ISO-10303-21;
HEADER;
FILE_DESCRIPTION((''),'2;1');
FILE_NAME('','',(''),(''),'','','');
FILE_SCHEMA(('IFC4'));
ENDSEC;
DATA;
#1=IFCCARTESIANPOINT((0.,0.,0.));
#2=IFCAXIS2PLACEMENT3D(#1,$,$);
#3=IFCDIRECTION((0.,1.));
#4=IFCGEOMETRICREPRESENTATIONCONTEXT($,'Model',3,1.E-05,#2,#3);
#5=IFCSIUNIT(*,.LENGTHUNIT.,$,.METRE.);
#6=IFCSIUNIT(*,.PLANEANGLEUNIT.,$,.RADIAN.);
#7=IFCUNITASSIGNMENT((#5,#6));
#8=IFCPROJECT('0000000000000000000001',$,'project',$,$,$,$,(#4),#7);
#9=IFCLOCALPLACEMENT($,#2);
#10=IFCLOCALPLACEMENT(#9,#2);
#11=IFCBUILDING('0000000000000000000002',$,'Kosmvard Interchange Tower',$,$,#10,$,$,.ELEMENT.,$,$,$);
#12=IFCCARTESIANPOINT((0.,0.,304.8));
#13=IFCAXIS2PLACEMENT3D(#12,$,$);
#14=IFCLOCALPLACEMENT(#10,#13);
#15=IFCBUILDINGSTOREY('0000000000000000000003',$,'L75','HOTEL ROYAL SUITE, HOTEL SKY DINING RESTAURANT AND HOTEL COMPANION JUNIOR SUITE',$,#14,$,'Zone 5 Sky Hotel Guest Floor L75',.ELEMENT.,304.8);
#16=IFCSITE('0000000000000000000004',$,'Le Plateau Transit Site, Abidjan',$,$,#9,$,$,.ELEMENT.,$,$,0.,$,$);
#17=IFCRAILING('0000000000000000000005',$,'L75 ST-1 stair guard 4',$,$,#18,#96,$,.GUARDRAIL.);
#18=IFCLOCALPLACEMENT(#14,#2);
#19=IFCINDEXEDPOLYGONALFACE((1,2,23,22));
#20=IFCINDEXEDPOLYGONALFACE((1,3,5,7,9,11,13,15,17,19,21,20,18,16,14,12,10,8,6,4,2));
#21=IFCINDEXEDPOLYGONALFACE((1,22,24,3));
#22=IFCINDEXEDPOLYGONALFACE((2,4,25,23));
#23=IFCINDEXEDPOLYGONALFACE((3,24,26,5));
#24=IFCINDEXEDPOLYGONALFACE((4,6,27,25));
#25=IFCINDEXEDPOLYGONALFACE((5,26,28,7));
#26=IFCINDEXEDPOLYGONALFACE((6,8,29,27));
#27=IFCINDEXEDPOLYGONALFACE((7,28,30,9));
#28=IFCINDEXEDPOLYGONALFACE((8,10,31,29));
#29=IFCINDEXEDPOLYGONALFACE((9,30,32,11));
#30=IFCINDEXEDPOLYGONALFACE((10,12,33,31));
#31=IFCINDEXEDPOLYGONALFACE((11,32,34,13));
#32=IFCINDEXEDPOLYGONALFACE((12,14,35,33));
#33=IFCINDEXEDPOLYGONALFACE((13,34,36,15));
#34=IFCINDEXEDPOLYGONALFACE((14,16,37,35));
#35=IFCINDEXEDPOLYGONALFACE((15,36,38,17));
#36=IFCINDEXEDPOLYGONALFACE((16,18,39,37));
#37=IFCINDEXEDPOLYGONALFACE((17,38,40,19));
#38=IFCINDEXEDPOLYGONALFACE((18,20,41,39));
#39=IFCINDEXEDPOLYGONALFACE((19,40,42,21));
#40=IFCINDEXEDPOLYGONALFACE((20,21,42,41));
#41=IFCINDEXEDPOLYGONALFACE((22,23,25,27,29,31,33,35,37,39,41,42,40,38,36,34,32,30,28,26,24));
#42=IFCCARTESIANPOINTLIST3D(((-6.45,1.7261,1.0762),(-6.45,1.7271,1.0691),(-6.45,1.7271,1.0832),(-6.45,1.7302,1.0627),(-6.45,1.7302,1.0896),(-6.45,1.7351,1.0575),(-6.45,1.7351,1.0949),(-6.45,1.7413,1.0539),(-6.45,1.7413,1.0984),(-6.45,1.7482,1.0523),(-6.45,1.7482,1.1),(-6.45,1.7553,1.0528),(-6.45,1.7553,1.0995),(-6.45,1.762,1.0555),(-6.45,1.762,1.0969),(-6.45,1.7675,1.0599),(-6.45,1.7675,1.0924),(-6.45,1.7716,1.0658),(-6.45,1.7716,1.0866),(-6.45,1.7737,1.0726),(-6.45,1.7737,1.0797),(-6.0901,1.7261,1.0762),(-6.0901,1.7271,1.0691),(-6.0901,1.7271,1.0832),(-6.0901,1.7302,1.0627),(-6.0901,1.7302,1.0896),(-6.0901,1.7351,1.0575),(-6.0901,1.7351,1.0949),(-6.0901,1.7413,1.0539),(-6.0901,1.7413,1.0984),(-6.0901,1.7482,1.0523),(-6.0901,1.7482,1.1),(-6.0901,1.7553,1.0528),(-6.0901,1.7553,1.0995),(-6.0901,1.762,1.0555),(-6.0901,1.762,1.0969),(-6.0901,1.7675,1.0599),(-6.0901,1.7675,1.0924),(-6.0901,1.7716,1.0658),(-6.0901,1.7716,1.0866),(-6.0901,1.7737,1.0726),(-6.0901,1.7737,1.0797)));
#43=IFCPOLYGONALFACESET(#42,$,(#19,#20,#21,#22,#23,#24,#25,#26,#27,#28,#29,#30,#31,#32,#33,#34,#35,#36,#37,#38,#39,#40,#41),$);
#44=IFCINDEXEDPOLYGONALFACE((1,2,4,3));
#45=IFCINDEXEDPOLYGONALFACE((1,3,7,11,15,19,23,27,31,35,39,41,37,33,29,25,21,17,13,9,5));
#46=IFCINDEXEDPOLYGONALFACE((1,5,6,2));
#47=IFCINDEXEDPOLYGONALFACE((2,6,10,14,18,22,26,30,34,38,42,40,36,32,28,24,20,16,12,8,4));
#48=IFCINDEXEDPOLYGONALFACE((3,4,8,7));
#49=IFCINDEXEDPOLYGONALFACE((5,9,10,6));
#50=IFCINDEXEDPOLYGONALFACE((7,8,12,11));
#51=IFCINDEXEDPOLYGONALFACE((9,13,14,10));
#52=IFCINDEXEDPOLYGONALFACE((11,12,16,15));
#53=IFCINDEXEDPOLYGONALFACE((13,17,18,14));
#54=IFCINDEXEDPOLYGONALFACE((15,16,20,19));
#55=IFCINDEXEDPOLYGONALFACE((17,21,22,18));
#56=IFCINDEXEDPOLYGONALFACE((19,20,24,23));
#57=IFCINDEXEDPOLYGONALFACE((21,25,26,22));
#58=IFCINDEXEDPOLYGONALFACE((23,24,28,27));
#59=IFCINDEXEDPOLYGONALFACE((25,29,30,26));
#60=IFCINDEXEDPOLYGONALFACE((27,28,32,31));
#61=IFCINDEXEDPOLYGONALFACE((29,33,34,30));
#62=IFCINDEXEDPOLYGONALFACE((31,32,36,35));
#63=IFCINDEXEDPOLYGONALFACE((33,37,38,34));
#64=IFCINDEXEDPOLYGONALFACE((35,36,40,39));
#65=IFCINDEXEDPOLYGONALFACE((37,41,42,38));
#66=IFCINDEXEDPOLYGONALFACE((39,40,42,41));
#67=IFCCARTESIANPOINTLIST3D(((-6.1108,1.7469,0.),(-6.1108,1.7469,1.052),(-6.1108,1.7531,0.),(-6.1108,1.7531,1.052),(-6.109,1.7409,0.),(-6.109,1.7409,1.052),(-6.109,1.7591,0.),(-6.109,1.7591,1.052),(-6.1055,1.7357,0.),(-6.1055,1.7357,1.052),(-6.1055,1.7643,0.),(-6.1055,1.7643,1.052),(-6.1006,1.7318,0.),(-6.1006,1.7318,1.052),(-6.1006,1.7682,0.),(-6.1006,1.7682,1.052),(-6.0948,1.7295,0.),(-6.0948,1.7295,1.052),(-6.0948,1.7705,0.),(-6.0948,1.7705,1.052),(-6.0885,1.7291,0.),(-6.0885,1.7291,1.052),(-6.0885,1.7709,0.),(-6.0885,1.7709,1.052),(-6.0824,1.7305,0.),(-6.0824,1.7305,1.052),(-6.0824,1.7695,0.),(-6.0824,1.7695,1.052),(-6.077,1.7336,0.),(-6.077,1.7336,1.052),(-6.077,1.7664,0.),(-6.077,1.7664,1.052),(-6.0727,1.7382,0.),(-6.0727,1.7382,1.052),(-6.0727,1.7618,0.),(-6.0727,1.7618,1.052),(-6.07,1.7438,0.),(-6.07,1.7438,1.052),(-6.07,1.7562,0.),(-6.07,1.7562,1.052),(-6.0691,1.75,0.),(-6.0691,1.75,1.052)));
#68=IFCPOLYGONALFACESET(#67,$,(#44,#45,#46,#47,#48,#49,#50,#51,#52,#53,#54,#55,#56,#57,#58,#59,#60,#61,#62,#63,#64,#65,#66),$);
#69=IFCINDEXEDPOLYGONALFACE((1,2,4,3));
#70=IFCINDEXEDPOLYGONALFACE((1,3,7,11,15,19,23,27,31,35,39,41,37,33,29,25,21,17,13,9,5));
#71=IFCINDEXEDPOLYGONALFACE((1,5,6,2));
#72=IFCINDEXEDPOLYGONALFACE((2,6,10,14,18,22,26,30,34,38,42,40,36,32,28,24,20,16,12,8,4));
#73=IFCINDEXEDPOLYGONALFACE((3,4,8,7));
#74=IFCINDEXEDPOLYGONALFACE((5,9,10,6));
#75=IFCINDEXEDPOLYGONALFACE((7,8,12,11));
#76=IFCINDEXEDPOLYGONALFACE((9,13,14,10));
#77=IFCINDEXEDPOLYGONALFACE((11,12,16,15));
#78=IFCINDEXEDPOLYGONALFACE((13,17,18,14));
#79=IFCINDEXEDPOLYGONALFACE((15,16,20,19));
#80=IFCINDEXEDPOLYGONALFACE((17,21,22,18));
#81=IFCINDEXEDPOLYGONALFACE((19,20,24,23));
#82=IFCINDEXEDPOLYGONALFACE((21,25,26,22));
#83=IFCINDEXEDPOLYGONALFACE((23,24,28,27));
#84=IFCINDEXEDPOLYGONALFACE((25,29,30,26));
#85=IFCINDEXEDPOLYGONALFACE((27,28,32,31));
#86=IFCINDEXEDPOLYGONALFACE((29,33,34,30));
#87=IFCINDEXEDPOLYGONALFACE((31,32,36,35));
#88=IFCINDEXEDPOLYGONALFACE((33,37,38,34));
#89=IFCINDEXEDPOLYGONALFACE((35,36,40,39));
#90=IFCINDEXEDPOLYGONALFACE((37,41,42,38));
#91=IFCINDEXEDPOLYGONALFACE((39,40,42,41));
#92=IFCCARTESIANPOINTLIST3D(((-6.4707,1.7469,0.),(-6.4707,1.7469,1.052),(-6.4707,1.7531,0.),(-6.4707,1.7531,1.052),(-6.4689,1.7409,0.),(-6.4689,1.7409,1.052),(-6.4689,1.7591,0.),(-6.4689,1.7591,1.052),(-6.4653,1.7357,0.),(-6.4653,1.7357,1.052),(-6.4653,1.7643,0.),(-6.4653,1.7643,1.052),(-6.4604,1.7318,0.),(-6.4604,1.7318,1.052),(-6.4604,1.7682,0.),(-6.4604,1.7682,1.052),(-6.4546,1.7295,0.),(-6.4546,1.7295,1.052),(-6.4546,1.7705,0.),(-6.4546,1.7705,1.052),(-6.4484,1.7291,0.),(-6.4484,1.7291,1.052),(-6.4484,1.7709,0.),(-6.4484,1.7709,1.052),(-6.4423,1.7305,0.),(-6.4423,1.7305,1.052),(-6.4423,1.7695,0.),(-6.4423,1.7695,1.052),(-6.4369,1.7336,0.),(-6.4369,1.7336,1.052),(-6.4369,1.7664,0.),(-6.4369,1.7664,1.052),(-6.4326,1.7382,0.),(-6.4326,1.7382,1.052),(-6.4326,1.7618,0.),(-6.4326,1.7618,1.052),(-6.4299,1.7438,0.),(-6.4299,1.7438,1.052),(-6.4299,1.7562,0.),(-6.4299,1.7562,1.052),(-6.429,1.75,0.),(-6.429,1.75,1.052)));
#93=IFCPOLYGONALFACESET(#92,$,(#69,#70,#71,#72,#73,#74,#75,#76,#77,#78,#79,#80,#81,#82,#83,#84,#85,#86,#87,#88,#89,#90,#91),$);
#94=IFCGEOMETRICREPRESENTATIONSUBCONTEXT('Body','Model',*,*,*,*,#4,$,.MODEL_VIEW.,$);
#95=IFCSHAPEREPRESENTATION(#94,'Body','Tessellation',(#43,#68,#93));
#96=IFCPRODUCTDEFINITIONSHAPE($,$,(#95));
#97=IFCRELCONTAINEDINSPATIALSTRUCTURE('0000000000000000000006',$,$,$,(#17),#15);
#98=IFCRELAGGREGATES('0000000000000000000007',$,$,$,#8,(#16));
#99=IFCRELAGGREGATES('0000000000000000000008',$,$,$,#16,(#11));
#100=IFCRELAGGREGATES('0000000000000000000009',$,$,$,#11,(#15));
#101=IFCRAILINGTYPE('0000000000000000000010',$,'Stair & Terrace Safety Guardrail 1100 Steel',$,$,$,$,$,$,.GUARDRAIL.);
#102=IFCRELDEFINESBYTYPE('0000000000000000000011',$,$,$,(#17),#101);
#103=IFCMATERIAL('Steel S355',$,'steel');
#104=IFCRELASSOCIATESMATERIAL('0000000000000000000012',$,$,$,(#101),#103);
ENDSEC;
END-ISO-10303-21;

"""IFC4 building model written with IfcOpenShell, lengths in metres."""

from ifc_helpers import new_model, si_unit, direction, frame, origin, origin_2d, place, context, subcontext, project, spatial, circle, extrude, source, transform, mapped, material, type_object, element, save


model = new_model("IFC4")

# Units and contexts
model_context = context("Model", 3, precision=1e-05, world=origin(), true_north=direction((0.0, 1.0)))
body_context = subcontext(model_context, "Body", "Model", "MODEL_VIEW")
ifc_project = project(units=[si_unit("LENGTHUNIT", "METRE"), si_unit("PLANEANGLEUNIT", "RADIAN")], contexts=[model_context])

# Site, building, storey
site_placement = place(None, origin())
site = spatial("IfcSite", under=ifc_project, at=site_placement, Name="Le Plateau Transit Site, Abidjan", CompositionType="ELEMENT", RefElevation=0.0)
building_placement = place(site_placement, origin())
building = spatial("IfcBuilding", under=site, at=building_placement, Name="Kosmvard Interchange Tower", CompositionType="ELEMENT")
storey_placement = place(building_placement, frame((0.0, 0.0, 304.8)))
storey = spatial("IfcBuildingStorey", under=building, at=storey_placement, Name="L75", Description="HOTEL ROYAL SUITE, HOTEL SKY DINING RESTAURANT AND HOTEL COMPANION JUNIOR SUITE", LongName="Zone 5 Sky Hotel Guest Floor L75", CompositionType="ELEMENT", Elevation=304.8)

# Railing
ifc_material_1 = material(Name="Steel S355", Category="steel")
railing_type = type_object("IfcRailingType", Name="Stair & Terrace Safety Guardrail 1100 Steel", PredefinedType="GUARDRAIL", material=ifc_material_1)
shared_shape_1 = source(origin(), body_context, "Body", "SweptSolid", [
    extrude(circle(Radius=0.0239, at=origin_2d()), frame((0.0, 0.0, 1.0762), z_axis=(-1.0, 0.0, 0.0), x_axis=(0.0, -1.0, 0.0)), (0.0, 0.0, 1.0), 0.3599),
    extrude(circle(Radius=0.021, at=origin_2d()), origin(), (0.0, 0.0, 1.0), 1.052),
    extrude(circle(Radius=0.021, at=origin_2d()), frame((-0.3599, 0.0, 0.0)), (0.0, 0.0, 1.0), 1.052),
])
railing_placement = place(storey_placement, frame((-6.0901, 1.75, 0.0)))
element("IfcRailing", 1, at=railing_placement, inside=storey, type_object=railing_type, Name="L75 ST-1 stair guard 4", PredefinedType="GUARDRAIL", context=body_context, shape_type="MappedRepresentation", body=[
    mapped(shared_shape_1, transform((0.0, 0.0, 0.0), scale=1.0)),
])

save(model, "model.ifc")
